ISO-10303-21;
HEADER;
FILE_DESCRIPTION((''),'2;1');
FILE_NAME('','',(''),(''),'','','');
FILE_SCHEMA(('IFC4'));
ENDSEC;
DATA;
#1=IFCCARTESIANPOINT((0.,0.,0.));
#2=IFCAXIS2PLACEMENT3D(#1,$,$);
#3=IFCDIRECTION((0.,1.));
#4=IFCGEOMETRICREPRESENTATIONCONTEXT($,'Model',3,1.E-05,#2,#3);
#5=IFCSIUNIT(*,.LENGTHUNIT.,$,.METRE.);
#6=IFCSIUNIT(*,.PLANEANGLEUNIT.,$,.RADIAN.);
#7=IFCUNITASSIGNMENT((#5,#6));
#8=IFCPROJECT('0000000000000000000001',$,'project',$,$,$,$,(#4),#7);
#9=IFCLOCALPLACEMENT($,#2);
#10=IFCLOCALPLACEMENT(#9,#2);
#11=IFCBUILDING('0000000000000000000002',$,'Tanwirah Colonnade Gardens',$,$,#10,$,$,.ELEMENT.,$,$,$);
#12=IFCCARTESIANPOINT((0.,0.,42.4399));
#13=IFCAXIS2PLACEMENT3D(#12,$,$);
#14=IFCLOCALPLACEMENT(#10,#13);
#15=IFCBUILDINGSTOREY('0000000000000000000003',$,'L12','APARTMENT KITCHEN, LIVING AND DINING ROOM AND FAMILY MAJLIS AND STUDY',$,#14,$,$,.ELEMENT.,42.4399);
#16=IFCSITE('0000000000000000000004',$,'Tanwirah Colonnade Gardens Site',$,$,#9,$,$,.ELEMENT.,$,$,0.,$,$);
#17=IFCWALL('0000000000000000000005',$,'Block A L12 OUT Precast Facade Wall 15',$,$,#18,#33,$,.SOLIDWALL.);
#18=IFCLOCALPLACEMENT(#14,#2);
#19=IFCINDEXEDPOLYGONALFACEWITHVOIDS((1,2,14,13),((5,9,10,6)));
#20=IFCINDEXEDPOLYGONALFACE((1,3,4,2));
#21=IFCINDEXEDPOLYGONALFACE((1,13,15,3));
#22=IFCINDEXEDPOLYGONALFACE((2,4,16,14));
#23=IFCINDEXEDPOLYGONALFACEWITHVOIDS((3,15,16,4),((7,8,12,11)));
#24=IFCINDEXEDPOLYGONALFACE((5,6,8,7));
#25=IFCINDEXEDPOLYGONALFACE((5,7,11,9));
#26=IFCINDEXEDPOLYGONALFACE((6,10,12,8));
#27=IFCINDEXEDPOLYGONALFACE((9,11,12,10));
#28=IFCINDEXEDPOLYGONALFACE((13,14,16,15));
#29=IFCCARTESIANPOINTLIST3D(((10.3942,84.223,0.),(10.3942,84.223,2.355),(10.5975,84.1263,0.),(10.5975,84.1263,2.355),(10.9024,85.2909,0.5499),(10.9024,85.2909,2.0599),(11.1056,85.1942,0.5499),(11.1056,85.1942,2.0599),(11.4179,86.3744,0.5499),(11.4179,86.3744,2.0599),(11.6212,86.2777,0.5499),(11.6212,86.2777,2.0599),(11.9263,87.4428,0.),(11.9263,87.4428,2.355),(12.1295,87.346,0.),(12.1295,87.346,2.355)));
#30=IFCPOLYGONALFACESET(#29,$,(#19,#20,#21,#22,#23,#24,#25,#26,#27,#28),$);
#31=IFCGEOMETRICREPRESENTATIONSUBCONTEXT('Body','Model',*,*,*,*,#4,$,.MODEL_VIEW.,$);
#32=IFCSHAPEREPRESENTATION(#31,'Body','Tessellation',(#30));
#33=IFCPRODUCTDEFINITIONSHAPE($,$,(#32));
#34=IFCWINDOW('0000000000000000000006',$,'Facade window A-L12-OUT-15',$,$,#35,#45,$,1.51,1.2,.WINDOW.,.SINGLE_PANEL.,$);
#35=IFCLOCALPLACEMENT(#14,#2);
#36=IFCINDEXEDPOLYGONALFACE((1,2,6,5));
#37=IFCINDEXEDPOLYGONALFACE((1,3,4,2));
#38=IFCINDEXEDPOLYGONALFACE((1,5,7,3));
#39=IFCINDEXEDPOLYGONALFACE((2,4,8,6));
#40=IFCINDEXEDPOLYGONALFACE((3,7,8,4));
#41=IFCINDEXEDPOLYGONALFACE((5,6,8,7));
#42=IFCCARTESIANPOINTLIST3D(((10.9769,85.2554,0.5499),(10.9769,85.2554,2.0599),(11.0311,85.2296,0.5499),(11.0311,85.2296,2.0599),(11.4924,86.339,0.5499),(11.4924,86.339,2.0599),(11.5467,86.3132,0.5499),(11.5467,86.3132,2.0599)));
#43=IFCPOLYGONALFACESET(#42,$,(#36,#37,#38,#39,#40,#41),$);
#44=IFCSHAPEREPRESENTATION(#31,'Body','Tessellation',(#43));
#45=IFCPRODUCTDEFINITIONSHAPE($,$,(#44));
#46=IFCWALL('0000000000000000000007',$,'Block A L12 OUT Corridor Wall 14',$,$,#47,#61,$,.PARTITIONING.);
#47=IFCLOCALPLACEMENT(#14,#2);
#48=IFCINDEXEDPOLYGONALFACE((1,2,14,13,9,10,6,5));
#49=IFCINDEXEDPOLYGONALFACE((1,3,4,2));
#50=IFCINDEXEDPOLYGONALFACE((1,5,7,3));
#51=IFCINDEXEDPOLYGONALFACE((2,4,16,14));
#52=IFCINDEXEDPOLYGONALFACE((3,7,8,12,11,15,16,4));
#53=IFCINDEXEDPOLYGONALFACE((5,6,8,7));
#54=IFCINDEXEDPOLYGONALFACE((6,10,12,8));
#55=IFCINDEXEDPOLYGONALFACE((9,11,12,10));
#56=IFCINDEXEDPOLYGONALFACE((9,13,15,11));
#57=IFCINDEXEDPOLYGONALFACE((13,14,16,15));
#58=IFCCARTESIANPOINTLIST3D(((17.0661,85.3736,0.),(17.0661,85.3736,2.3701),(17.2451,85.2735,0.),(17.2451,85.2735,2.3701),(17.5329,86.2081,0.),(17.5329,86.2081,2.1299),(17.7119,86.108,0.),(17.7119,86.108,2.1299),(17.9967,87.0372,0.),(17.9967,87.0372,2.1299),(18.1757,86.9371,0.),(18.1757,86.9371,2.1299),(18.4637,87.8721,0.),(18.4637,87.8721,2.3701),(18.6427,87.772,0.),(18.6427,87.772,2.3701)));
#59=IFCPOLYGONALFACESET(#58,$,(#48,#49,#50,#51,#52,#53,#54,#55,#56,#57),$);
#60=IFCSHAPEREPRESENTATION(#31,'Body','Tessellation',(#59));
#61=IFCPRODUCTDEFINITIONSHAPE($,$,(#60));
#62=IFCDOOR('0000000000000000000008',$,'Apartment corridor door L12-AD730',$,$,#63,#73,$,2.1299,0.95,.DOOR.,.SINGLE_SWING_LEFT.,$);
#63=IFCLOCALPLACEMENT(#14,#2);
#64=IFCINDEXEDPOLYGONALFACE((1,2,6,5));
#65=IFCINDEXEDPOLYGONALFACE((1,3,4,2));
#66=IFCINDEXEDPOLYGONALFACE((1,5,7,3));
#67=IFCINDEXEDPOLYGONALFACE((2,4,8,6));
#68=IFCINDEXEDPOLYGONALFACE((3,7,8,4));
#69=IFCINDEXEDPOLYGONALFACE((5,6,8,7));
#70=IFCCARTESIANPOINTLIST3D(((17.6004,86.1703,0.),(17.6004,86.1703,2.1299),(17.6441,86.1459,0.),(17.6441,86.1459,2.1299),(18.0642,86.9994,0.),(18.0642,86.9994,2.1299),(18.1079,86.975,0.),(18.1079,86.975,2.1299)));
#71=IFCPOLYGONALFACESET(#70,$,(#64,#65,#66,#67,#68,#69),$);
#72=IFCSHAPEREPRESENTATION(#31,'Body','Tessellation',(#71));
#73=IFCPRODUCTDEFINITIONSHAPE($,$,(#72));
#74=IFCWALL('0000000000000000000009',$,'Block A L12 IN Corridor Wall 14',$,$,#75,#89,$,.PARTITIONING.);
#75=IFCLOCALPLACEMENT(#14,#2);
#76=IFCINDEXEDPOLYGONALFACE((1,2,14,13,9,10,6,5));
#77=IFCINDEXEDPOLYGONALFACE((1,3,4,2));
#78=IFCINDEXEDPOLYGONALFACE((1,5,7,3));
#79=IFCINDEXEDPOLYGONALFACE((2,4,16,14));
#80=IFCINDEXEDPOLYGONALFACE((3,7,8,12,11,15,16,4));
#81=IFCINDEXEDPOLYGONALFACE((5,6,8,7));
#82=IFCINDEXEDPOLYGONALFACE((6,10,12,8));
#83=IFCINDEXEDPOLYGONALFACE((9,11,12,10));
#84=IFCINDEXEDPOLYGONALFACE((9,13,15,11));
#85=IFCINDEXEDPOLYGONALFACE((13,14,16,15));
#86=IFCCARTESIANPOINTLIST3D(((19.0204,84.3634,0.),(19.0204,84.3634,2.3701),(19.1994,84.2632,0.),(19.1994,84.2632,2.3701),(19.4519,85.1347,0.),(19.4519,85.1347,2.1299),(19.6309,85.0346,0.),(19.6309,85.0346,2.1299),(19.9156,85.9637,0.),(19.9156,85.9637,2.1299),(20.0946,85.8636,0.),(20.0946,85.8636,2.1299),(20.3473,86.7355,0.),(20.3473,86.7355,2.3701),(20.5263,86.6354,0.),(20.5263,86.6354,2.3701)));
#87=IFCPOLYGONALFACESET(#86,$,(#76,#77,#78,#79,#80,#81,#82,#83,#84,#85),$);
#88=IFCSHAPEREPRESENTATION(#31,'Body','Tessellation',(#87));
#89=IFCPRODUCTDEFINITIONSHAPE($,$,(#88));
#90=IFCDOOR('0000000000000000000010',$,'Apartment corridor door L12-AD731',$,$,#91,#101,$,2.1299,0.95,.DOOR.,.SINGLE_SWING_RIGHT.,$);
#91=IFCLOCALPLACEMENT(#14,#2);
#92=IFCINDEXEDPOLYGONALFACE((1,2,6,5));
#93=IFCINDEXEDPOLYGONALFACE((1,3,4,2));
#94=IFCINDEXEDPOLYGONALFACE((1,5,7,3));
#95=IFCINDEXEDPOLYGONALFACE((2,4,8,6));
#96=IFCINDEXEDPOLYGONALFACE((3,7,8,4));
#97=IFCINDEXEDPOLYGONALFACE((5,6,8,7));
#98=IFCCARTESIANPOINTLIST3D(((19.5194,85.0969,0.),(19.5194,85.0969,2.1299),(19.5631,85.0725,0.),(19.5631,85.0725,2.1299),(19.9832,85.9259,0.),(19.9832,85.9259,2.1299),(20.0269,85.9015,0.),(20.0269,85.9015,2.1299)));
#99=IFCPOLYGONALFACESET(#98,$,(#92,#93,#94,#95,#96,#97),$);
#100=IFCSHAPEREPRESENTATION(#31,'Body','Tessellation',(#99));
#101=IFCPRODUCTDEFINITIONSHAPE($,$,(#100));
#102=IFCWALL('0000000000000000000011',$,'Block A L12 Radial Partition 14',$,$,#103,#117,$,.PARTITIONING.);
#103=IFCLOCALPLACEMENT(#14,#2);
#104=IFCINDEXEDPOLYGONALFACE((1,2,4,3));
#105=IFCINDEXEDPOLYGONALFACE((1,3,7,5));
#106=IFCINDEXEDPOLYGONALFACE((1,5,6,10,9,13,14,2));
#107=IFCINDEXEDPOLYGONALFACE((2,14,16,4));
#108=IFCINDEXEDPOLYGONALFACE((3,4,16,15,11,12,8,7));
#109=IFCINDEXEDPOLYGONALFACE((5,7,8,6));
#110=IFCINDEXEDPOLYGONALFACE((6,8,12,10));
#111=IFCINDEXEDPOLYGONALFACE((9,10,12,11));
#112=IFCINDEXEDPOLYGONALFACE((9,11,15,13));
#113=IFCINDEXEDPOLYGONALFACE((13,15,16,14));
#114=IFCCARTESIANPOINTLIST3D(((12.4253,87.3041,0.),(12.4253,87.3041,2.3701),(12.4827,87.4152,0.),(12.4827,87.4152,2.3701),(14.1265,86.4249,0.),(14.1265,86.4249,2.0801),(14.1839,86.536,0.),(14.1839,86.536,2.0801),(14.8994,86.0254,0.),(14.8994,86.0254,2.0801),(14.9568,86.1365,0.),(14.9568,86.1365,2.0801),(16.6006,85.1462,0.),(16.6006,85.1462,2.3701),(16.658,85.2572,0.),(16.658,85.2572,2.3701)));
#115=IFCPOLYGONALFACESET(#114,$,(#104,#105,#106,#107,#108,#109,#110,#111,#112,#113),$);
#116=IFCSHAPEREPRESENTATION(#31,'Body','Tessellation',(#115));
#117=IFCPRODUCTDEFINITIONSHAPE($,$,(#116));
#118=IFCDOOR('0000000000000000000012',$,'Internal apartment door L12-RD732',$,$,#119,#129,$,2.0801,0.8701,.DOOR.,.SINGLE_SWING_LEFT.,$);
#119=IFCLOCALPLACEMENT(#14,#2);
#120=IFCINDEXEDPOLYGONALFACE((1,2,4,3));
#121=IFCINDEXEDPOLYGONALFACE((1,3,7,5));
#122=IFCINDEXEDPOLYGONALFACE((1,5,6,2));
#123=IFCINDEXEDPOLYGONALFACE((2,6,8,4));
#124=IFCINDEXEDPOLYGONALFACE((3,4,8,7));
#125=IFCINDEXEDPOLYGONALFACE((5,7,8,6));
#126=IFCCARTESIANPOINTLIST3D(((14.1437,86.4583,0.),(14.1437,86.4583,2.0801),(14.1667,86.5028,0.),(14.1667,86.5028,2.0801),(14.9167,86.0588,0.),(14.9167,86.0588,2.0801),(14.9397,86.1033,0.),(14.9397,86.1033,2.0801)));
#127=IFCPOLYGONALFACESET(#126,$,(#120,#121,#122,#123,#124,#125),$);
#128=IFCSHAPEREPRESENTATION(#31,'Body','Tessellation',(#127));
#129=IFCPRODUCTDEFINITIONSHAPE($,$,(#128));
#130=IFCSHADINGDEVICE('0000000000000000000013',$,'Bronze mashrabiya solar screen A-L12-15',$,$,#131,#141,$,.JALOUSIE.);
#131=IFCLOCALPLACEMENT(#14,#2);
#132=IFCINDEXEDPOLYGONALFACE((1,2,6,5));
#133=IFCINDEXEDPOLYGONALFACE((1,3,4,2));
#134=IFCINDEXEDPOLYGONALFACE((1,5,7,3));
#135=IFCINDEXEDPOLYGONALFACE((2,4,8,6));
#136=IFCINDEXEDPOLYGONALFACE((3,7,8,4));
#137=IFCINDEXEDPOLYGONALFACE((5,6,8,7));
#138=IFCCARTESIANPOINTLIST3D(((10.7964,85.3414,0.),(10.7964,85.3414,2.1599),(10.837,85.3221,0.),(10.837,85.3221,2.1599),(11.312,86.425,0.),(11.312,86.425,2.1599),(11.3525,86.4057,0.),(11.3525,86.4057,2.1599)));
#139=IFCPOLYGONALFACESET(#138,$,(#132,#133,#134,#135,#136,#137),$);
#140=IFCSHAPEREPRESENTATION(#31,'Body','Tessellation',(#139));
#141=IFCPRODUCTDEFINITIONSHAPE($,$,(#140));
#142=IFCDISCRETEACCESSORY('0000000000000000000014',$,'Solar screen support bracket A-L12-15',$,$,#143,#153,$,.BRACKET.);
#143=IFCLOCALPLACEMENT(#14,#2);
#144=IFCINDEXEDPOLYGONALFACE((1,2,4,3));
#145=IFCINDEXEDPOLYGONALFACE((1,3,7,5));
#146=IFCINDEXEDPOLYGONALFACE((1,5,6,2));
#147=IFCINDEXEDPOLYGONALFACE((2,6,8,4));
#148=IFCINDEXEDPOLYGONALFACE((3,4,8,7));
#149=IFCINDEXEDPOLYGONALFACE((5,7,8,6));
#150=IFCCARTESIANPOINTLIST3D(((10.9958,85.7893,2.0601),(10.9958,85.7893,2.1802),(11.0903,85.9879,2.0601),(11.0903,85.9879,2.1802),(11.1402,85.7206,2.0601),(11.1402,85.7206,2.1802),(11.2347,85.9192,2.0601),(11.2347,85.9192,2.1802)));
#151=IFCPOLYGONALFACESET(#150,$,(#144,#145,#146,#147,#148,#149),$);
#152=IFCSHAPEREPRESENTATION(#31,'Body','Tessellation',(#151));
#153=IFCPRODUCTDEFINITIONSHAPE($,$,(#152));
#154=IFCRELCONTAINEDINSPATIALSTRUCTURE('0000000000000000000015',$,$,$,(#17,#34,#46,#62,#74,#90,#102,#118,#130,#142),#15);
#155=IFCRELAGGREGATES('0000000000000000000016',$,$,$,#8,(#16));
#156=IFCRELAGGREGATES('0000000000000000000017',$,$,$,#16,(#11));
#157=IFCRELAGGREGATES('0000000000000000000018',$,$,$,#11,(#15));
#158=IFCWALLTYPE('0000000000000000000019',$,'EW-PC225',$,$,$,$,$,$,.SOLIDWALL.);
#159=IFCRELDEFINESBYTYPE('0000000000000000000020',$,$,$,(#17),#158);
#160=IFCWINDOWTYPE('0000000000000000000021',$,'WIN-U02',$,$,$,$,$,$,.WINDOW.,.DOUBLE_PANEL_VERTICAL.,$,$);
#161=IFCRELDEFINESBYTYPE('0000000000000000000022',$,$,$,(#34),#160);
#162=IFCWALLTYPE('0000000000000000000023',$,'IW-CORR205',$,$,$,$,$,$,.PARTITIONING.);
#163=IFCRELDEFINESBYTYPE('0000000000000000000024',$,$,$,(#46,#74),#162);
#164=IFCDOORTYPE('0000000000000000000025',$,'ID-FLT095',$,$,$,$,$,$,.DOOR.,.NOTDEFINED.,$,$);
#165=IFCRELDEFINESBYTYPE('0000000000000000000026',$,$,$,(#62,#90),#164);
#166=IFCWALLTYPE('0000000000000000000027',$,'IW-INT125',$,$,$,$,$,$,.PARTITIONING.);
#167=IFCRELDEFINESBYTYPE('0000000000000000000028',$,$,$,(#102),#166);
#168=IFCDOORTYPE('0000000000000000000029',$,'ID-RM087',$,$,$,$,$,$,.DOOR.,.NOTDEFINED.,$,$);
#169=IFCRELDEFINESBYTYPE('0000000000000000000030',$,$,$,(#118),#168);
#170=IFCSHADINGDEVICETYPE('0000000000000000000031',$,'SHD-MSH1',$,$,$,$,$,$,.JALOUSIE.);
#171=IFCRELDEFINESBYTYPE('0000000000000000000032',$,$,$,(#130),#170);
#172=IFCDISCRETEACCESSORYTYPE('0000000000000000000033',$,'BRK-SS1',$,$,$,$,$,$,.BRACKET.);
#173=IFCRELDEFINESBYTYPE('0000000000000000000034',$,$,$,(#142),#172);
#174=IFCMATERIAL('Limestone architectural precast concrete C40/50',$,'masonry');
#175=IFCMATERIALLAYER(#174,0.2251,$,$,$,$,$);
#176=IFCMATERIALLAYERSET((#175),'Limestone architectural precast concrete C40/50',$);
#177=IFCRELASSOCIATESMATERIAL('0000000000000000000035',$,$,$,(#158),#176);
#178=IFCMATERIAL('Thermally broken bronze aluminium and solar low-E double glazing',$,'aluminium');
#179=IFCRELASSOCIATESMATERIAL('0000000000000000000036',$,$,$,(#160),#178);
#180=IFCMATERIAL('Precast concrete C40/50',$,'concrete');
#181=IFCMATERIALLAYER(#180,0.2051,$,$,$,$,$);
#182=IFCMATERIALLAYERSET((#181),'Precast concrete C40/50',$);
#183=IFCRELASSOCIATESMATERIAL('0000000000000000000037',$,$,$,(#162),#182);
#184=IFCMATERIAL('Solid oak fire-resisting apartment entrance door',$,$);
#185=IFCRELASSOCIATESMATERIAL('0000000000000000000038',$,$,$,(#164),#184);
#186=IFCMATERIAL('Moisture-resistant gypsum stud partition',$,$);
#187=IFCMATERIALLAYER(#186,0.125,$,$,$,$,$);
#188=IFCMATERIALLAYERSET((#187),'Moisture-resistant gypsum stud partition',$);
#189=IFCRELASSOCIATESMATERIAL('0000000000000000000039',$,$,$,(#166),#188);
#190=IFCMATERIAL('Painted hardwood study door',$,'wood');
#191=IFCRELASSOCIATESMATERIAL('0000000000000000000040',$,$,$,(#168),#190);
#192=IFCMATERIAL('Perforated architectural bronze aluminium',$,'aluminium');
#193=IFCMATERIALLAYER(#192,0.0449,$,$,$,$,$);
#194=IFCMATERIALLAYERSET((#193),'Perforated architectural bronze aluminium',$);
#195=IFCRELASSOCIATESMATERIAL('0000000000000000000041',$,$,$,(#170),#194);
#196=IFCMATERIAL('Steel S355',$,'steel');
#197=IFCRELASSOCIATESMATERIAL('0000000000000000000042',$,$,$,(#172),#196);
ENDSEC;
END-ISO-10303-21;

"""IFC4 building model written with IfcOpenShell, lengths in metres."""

from ifc_helpers import new_model, si_unit, direction, frame, frame_2d, origin, origin_2d, place, context, subcontext, project, spatial, rectangle, extrude, material, layer, layer_set, type_object, element, fill, save


model = new_model("IFC4")

# Units and contexts
model_context = context("Model", 3, precision=1e-05, world=origin(), true_north=direction((0.0, 1.0)))
body_context = subcontext(model_context, "Body", "Model", "MODEL_VIEW")
ifc_project = project(units=[si_unit("LENGTHUNIT", "METRE"), si_unit("PLANEANGLEUNIT", "RADIAN")], contexts=[model_context])

# Site, building, storey
site_placement = place(None, origin())
site = spatial("IfcSite", under=ifc_project, at=site_placement, Name="Tanwirah Colonnade Gardens Site", CompositionType="ELEMENT", RefElevation=0.0)
building_placement = place(site_placement, origin())
building = spatial("IfcBuilding", under=site, at=building_placement, Name="Tanwirah Colonnade Gardens", CompositionType="ELEMENT")
storey_placement = place(building_placement, frame((0.0, 0.0, 42.4399)))
storey = spatial("IfcBuildingStorey", under=building, at=storey_placement, Name="L12", Description="APARTMENT KITCHEN, LIVING AND DINING ROOM AND FAMILY MAJLIS AND STUDY", CompositionType="ELEMENT", Elevation=42.4399)

# Shared definitions
ifc_material_1 = material(Name="Precast concrete C40/50", Category="concrete")

# Wall, opening, window
ifc_material_2 = material(Name="Limestone architectural precast concrete C40/50", Category="masonry")
ifc_layer_1 = layer(ifc_material_2, 0.2251)
ifc_layer_set_1 = layer_set([ifc_layer_1], Name="Limestone architectural precast concrete C40/50")
wall_type_1 = type_object("IfcWallType", Name="EW-PC225", PredefinedType="SOLIDWALL", material=ifc_layer_set_1)
wall_1_placement = place(storey_placement, frame((12.0278, 87.3943, 0.0), z_axis=(0.0, 0.0, 1.0), x_axis=(-0.429654, -0.902993, 0.0)))
wall_1 = element("IfcWall", 1, at=wall_1_placement, inside=storey, type_object=wall_type_1, Name="Block A L12 OUT Precast Facade Wall 15", PredefinedType="SOLIDWALL", context=body_context, shape_type="SweptSolid", body=[
    extrude(rectangle(XDim=3.5657, YDim=0.2251, at=frame_2d((1.7827, 0.0))), origin(), (0.0, 0.0, 1.0), 2.355),
])
opening_1_placement = place(wall_1_placement, frame((1.1829, 0.0, 0.55)))
opening_1 = element("IfcOpeningElement", 2, at=opening_1_placement, cuts=wall_1, PredefinedType="OPENING", context=body_context, shape_type="SweptSolid", body=[
    extrude(rectangle(XDim=1.2, YDim=1.51, at=frame_2d((0.6001, 0.7549))), frame((0.0, 0.1226, 0.0), z_axis=(0.0, -1.0, 0.0), x_axis=(1.0, 0.0, 0.0)), (0.0, 0.0, 1.0), 0.2451),
])
ifc_material_3 = material(Name="Thermally broken bronze aluminium and solar low-E double glazing", Category="aluminium")
window_type = type_object("IfcWindowType", Name="WIN-U02", PartitioningType="DOUBLE_PANEL_VERTICAL", PredefinedType="WINDOW", material=ifc_material_3)
window_placement = place(opening_1_placement, origin())
window = element("IfcWindow", 3, at=window_placement, inside=storey, type_object=window_type, Name="Facade window A-L12-OUT-15", OverallHeight=1.51, OverallWidth=1.2, PartitioningType="SINGLE_PANEL", PredefinedType="WINDOW", context=body_context, shape_type="SweptSolid", body=[
    extrude(rectangle(XDim=1.2, YDim=1.51, at=frame_2d((0.6001, 0.7549))), frame((0.0, 0.03, 0.0), z_axis=(0.0, -1.0, 0.0), x_axis=(1.0, 0.0, 0.0)), (0.0, 0.0, 1.0), 0.0601),
])
fill(opening_1, window)

# Walls, openings, doors
ifc_layer_2 = layer(ifc_material_1, 0.2051)
ifc_layer_set_2 = layer_set([ifc_layer_2], Name="Precast concrete C40/50")
wall_type_2 = type_object("IfcWallType", Name="IW-CORR205", PredefinedType="PARTITIONING", material=ifc_layer_set_2)
wall_2_placement = place(storey_placement, frame((18.5532, 87.822, 0.0), z_axis=(0.0, 0.0, 1.0), x_axis=(-0.488211, -0.872726, 0.0)))
wall_2 = element("IfcWall", 4, at=wall_2_placement, inside=storey, type_object=wall_type_2, Name="Block A L12 OUT Corridor Wall 14", PredefinedType="PARTITIONING", context=body_context, shape_type="SweptSolid", body=[
    extrude(rectangle(XDim=2.8628, YDim=0.2051, at=frame_2d((1.4314, 0.0))), origin(), (0.0, 0.0, 1.0), 2.3701),
])
opening_2_placement = place(wall_2_placement, frame((0.9565, 0.0, 0.0)))
opening_2 = element("IfcOpeningElement", 5, at=opening_2_placement, cuts=wall_2, PredefinedType="OPENING", context=body_context, shape_type="SweptSolid", body=[
    extrude(rectangle(XDim=0.95, YDim=2.1299, at=frame_2d((0.4751, 1.0649))), frame((0.0, 0.1125, 0.0), z_axis=(0.0, -1.0, 0.0), x_axis=(1.0, 0.0, 0.0)), (0.0, 0.0, 1.0), 0.2251),
])
ifc_material_4 = material(Name="Solid oak fire-resisting apartment entrance door")
door_type_1 = type_object("IfcDoorType", Name="ID-FLT095", OperationType="NOTDEFINED", PredefinedType="DOOR", material=ifc_material_4)
door_1_placement = place(opening_2_placement, origin())
door_1 = element("IfcDoor", 6, at=door_1_placement, inside=storey, type_object=door_type_1, Name="Apartment corridor door L12-AD730", OperationType="SINGLE_SWING_LEFT", OverallHeight=2.1299, OverallWidth=0.95, PredefinedType="DOOR", context=body_context, shape_type="SweptSolid", body=[
    extrude(rectangle(XDim=0.95, YDim=2.1299, at=frame_2d((0.4751, 1.0649))), frame((0.0, 0.0249, 0.0), z_axis=(0.0, -1.0, 0.0), x_axis=(1.0, 0.0, 0.0)), (0.0, 0.0, 1.0), 0.05),
])
fill(opening_2, door_1)
wall_3_placement = place(storey_placement, frame((20.4368, 86.6853, 0.0), z_axis=(0.0, 0.0, 1.0), x_axis=(-0.488196, -0.872734, 0.0)))
wall_3 = element("IfcWall", 7, at=wall_3_placement, inside=storey, type_object=wall_type_2, Name="Block A L12 IN Corridor Wall 14", PredefinedType="PARTITIONING", context=body_context, shape_type="SweptSolid", body=[
    extrude(rectangle(XDim=2.718, YDim=0.2051, at=frame_2d((1.3589, 0.0))), origin(), (0.0, 0.0, 1.0), 2.3701),
])
opening_3_placement = place(wall_3_placement, frame((0.884, 0.0, 0.0)))
opening_3 = element("IfcOpeningElement", 8, at=opening_3_placement, cuts=wall_3, PredefinedType="OPENING", context=body_context, shape_type="SweptSolid", body=[
    extrude(rectangle(XDim=0.95, YDim=2.1299, at=frame_2d((0.4751, 1.0649))), frame((0.0, 0.1125, 0.0), z_axis=(0.0, -1.0, 0.0), x_axis=(1.0, 0.0, 0.0)), (0.0, 0.0, 1.0), 0.2251),
])
door_2_placement = place(opening_3_placement, origin())
door_2 = element("IfcDoor", 9, at=door_2_placement, inside=storey, type_object=door_type_1, Name="Apartment corridor door L12-AD731", OperationType="SINGLE_SWING_RIGHT", OverallHeight=2.1299, OverallWidth=0.95, PredefinedType="DOOR", context=body_context, shape_type="SweptSolid", body=[
    extrude(rectangle(XDim=0.95, YDim=2.1299, at=frame_2d((0.4751, 1.0649))), frame((0.0, 0.0249, 0.0), z_axis=(0.0, -1.0, 0.0), x_axis=(1.0, 0.0, 0.0)), (0.0, 0.0, 1.0), 0.05),
])
fill(opening_3, door_2)
ifc_material_5 = material(Name="Moisture-resistant gypsum stud partition")
ifc_layer_3 = layer(ifc_material_5, 0.125)
ifc_layer_set_3 = layer_set([ifc_layer_3], Name="Moisture-resistant gypsum stud partition")
wall_type_3 = type_object("IfcWallType", Name="IW-INT125", PredefinedType="PARTITIONING", material=ifc_layer_set_3)
wall_4_placement = place(storey_placement, frame((16.6294, 85.2017, 0.0), z_axis=(0.0, 0.0, 1.0), x_axis=(-0.888363, 0.459142, 0.0)))
wall_4 = element("IfcWall", 10, at=wall_4_placement, inside=storey, type_object=wall_type_3, Name="Block A L12 Radial Partition 14", PredefinedType="PARTITIONING", context=body_context, shape_type="SweptSolid", body=[
    extrude(rectangle(XDim=4.7, YDim=0.125, at=frame_2d((2.3501, 0.0))), origin(), (0.0, 0.0, 1.0), 2.3701),
])
opening_4_placement = place(wall_4_placement, frame((1.915, 0.0, 0.0)))
opening_4 = element("IfcOpeningElement", 11, at=opening_4_placement, cuts=wall_4, PredefinedType="OPENING", context=body_context, shape_type="SweptSolid", body=[
    extrude(rectangle(XDim=0.8701, YDim=2.0801, at=frame_2d((0.4351, 1.04))), frame((0.0, 0.0725, 0.0), z_axis=(0.0, -1.0, 0.0), x_axis=(1.0, 0.0, 0.0)), (0.0, 0.0, 1.0), 0.145),
])
ifc_material_6 = material(Name="Painted hardwood study door", Category="wood")
door_type_2 = type_object("IfcDoorType", Name="ID-RM087", OperationType="NOTDEFINED", PredefinedType="DOOR", material=ifc_material_6)
door_3_placement = place(opening_4_placement, origin())
door_3 = element("IfcDoor", 12, at=door_3_placement, inside=storey, type_object=door_type_2, Name="Internal apartment door L12-RD732", OperationType="SINGLE_SWING_LEFT", OverallHeight=2.0801, OverallWidth=0.8701, PredefinedType="DOOR", context=body_context, shape_type="SweptSolid", body=[
    extrude(rectangle(XDim=0.8701, YDim=2.0801, at=frame_2d((0.4351, 1.04))), frame((0.0, 0.0249, 0.0), z_axis=(0.0, -1.0, 0.0), x_axis=(1.0, 0.0, 0.0)), (0.0, 0.0, 1.0), 0.05),
])
fill(opening_4, door_3)

# Shading device
ifc_material_7 = material(Name="Perforated architectural bronze aluminium", Category="aluminium")
ifc_layer_4 = layer(ifc_material_7, 0.0449)
ifc_layer_set_4 = layer_set([ifc_layer_4], Name="Perforated architectural bronze aluminium")
shading_device_type = type_object("IfcShadingDeviceType", Name="SHD-MSH1", PredefinedType="JALOUSIE", material=ifc_layer_set_4)
shading_device_placement = place(storey_placement, frame((11.0745, 85.8735, 0.0), z_axis=(0.0, 0.0, 1.0), x_axis=(-0.429636, -0.903002, 0.0)))
element("IfcShadingDevice", 13, at=shading_device_placement, inside=storey, type_object=shading_device_type, Name="Bronze mashrabiya solar screen A-L12-15", PredefinedType="JALOUSIE", context=body_context, shape_type="SweptSolid", body=[
    extrude(rectangle(XDim=1.2, YDim=0.0449, at=origin_2d()), origin(), (0.0, 0.0, 1.0), 2.1599),
])

# Discrete accessory
ifc_material_8 = material(Name="Steel S355", Category="steel")
discrete_accessory_type = type_object("IfcDiscreteAccessoryType", Name="BRK-SS1", PredefinedType="BRACKET", material=ifc_material_8)
discrete_accessory_placement = place(storey_placement, frame((11.1152, 85.8542, 2.0601), z_axis=(0.0, 0.0, 1.0), x_axis=(-0.429636, -0.903002, 0.0)))
element("IfcDiscreteAccessory", 14, at=discrete_accessory_placement, inside=storey, type_object=discrete_accessory_type, Name="Solar screen support bracket A-L12-15", PredefinedType="BRACKET", context=body_context, shape_type="SweptSolid", body=[
    extrude(rectangle(XDim=0.22, YDim=0.1599, at=origin_2d()), origin(), (0.0, 0.0, 1.0), 0.1201),
])

save(model, "model.ifc")
